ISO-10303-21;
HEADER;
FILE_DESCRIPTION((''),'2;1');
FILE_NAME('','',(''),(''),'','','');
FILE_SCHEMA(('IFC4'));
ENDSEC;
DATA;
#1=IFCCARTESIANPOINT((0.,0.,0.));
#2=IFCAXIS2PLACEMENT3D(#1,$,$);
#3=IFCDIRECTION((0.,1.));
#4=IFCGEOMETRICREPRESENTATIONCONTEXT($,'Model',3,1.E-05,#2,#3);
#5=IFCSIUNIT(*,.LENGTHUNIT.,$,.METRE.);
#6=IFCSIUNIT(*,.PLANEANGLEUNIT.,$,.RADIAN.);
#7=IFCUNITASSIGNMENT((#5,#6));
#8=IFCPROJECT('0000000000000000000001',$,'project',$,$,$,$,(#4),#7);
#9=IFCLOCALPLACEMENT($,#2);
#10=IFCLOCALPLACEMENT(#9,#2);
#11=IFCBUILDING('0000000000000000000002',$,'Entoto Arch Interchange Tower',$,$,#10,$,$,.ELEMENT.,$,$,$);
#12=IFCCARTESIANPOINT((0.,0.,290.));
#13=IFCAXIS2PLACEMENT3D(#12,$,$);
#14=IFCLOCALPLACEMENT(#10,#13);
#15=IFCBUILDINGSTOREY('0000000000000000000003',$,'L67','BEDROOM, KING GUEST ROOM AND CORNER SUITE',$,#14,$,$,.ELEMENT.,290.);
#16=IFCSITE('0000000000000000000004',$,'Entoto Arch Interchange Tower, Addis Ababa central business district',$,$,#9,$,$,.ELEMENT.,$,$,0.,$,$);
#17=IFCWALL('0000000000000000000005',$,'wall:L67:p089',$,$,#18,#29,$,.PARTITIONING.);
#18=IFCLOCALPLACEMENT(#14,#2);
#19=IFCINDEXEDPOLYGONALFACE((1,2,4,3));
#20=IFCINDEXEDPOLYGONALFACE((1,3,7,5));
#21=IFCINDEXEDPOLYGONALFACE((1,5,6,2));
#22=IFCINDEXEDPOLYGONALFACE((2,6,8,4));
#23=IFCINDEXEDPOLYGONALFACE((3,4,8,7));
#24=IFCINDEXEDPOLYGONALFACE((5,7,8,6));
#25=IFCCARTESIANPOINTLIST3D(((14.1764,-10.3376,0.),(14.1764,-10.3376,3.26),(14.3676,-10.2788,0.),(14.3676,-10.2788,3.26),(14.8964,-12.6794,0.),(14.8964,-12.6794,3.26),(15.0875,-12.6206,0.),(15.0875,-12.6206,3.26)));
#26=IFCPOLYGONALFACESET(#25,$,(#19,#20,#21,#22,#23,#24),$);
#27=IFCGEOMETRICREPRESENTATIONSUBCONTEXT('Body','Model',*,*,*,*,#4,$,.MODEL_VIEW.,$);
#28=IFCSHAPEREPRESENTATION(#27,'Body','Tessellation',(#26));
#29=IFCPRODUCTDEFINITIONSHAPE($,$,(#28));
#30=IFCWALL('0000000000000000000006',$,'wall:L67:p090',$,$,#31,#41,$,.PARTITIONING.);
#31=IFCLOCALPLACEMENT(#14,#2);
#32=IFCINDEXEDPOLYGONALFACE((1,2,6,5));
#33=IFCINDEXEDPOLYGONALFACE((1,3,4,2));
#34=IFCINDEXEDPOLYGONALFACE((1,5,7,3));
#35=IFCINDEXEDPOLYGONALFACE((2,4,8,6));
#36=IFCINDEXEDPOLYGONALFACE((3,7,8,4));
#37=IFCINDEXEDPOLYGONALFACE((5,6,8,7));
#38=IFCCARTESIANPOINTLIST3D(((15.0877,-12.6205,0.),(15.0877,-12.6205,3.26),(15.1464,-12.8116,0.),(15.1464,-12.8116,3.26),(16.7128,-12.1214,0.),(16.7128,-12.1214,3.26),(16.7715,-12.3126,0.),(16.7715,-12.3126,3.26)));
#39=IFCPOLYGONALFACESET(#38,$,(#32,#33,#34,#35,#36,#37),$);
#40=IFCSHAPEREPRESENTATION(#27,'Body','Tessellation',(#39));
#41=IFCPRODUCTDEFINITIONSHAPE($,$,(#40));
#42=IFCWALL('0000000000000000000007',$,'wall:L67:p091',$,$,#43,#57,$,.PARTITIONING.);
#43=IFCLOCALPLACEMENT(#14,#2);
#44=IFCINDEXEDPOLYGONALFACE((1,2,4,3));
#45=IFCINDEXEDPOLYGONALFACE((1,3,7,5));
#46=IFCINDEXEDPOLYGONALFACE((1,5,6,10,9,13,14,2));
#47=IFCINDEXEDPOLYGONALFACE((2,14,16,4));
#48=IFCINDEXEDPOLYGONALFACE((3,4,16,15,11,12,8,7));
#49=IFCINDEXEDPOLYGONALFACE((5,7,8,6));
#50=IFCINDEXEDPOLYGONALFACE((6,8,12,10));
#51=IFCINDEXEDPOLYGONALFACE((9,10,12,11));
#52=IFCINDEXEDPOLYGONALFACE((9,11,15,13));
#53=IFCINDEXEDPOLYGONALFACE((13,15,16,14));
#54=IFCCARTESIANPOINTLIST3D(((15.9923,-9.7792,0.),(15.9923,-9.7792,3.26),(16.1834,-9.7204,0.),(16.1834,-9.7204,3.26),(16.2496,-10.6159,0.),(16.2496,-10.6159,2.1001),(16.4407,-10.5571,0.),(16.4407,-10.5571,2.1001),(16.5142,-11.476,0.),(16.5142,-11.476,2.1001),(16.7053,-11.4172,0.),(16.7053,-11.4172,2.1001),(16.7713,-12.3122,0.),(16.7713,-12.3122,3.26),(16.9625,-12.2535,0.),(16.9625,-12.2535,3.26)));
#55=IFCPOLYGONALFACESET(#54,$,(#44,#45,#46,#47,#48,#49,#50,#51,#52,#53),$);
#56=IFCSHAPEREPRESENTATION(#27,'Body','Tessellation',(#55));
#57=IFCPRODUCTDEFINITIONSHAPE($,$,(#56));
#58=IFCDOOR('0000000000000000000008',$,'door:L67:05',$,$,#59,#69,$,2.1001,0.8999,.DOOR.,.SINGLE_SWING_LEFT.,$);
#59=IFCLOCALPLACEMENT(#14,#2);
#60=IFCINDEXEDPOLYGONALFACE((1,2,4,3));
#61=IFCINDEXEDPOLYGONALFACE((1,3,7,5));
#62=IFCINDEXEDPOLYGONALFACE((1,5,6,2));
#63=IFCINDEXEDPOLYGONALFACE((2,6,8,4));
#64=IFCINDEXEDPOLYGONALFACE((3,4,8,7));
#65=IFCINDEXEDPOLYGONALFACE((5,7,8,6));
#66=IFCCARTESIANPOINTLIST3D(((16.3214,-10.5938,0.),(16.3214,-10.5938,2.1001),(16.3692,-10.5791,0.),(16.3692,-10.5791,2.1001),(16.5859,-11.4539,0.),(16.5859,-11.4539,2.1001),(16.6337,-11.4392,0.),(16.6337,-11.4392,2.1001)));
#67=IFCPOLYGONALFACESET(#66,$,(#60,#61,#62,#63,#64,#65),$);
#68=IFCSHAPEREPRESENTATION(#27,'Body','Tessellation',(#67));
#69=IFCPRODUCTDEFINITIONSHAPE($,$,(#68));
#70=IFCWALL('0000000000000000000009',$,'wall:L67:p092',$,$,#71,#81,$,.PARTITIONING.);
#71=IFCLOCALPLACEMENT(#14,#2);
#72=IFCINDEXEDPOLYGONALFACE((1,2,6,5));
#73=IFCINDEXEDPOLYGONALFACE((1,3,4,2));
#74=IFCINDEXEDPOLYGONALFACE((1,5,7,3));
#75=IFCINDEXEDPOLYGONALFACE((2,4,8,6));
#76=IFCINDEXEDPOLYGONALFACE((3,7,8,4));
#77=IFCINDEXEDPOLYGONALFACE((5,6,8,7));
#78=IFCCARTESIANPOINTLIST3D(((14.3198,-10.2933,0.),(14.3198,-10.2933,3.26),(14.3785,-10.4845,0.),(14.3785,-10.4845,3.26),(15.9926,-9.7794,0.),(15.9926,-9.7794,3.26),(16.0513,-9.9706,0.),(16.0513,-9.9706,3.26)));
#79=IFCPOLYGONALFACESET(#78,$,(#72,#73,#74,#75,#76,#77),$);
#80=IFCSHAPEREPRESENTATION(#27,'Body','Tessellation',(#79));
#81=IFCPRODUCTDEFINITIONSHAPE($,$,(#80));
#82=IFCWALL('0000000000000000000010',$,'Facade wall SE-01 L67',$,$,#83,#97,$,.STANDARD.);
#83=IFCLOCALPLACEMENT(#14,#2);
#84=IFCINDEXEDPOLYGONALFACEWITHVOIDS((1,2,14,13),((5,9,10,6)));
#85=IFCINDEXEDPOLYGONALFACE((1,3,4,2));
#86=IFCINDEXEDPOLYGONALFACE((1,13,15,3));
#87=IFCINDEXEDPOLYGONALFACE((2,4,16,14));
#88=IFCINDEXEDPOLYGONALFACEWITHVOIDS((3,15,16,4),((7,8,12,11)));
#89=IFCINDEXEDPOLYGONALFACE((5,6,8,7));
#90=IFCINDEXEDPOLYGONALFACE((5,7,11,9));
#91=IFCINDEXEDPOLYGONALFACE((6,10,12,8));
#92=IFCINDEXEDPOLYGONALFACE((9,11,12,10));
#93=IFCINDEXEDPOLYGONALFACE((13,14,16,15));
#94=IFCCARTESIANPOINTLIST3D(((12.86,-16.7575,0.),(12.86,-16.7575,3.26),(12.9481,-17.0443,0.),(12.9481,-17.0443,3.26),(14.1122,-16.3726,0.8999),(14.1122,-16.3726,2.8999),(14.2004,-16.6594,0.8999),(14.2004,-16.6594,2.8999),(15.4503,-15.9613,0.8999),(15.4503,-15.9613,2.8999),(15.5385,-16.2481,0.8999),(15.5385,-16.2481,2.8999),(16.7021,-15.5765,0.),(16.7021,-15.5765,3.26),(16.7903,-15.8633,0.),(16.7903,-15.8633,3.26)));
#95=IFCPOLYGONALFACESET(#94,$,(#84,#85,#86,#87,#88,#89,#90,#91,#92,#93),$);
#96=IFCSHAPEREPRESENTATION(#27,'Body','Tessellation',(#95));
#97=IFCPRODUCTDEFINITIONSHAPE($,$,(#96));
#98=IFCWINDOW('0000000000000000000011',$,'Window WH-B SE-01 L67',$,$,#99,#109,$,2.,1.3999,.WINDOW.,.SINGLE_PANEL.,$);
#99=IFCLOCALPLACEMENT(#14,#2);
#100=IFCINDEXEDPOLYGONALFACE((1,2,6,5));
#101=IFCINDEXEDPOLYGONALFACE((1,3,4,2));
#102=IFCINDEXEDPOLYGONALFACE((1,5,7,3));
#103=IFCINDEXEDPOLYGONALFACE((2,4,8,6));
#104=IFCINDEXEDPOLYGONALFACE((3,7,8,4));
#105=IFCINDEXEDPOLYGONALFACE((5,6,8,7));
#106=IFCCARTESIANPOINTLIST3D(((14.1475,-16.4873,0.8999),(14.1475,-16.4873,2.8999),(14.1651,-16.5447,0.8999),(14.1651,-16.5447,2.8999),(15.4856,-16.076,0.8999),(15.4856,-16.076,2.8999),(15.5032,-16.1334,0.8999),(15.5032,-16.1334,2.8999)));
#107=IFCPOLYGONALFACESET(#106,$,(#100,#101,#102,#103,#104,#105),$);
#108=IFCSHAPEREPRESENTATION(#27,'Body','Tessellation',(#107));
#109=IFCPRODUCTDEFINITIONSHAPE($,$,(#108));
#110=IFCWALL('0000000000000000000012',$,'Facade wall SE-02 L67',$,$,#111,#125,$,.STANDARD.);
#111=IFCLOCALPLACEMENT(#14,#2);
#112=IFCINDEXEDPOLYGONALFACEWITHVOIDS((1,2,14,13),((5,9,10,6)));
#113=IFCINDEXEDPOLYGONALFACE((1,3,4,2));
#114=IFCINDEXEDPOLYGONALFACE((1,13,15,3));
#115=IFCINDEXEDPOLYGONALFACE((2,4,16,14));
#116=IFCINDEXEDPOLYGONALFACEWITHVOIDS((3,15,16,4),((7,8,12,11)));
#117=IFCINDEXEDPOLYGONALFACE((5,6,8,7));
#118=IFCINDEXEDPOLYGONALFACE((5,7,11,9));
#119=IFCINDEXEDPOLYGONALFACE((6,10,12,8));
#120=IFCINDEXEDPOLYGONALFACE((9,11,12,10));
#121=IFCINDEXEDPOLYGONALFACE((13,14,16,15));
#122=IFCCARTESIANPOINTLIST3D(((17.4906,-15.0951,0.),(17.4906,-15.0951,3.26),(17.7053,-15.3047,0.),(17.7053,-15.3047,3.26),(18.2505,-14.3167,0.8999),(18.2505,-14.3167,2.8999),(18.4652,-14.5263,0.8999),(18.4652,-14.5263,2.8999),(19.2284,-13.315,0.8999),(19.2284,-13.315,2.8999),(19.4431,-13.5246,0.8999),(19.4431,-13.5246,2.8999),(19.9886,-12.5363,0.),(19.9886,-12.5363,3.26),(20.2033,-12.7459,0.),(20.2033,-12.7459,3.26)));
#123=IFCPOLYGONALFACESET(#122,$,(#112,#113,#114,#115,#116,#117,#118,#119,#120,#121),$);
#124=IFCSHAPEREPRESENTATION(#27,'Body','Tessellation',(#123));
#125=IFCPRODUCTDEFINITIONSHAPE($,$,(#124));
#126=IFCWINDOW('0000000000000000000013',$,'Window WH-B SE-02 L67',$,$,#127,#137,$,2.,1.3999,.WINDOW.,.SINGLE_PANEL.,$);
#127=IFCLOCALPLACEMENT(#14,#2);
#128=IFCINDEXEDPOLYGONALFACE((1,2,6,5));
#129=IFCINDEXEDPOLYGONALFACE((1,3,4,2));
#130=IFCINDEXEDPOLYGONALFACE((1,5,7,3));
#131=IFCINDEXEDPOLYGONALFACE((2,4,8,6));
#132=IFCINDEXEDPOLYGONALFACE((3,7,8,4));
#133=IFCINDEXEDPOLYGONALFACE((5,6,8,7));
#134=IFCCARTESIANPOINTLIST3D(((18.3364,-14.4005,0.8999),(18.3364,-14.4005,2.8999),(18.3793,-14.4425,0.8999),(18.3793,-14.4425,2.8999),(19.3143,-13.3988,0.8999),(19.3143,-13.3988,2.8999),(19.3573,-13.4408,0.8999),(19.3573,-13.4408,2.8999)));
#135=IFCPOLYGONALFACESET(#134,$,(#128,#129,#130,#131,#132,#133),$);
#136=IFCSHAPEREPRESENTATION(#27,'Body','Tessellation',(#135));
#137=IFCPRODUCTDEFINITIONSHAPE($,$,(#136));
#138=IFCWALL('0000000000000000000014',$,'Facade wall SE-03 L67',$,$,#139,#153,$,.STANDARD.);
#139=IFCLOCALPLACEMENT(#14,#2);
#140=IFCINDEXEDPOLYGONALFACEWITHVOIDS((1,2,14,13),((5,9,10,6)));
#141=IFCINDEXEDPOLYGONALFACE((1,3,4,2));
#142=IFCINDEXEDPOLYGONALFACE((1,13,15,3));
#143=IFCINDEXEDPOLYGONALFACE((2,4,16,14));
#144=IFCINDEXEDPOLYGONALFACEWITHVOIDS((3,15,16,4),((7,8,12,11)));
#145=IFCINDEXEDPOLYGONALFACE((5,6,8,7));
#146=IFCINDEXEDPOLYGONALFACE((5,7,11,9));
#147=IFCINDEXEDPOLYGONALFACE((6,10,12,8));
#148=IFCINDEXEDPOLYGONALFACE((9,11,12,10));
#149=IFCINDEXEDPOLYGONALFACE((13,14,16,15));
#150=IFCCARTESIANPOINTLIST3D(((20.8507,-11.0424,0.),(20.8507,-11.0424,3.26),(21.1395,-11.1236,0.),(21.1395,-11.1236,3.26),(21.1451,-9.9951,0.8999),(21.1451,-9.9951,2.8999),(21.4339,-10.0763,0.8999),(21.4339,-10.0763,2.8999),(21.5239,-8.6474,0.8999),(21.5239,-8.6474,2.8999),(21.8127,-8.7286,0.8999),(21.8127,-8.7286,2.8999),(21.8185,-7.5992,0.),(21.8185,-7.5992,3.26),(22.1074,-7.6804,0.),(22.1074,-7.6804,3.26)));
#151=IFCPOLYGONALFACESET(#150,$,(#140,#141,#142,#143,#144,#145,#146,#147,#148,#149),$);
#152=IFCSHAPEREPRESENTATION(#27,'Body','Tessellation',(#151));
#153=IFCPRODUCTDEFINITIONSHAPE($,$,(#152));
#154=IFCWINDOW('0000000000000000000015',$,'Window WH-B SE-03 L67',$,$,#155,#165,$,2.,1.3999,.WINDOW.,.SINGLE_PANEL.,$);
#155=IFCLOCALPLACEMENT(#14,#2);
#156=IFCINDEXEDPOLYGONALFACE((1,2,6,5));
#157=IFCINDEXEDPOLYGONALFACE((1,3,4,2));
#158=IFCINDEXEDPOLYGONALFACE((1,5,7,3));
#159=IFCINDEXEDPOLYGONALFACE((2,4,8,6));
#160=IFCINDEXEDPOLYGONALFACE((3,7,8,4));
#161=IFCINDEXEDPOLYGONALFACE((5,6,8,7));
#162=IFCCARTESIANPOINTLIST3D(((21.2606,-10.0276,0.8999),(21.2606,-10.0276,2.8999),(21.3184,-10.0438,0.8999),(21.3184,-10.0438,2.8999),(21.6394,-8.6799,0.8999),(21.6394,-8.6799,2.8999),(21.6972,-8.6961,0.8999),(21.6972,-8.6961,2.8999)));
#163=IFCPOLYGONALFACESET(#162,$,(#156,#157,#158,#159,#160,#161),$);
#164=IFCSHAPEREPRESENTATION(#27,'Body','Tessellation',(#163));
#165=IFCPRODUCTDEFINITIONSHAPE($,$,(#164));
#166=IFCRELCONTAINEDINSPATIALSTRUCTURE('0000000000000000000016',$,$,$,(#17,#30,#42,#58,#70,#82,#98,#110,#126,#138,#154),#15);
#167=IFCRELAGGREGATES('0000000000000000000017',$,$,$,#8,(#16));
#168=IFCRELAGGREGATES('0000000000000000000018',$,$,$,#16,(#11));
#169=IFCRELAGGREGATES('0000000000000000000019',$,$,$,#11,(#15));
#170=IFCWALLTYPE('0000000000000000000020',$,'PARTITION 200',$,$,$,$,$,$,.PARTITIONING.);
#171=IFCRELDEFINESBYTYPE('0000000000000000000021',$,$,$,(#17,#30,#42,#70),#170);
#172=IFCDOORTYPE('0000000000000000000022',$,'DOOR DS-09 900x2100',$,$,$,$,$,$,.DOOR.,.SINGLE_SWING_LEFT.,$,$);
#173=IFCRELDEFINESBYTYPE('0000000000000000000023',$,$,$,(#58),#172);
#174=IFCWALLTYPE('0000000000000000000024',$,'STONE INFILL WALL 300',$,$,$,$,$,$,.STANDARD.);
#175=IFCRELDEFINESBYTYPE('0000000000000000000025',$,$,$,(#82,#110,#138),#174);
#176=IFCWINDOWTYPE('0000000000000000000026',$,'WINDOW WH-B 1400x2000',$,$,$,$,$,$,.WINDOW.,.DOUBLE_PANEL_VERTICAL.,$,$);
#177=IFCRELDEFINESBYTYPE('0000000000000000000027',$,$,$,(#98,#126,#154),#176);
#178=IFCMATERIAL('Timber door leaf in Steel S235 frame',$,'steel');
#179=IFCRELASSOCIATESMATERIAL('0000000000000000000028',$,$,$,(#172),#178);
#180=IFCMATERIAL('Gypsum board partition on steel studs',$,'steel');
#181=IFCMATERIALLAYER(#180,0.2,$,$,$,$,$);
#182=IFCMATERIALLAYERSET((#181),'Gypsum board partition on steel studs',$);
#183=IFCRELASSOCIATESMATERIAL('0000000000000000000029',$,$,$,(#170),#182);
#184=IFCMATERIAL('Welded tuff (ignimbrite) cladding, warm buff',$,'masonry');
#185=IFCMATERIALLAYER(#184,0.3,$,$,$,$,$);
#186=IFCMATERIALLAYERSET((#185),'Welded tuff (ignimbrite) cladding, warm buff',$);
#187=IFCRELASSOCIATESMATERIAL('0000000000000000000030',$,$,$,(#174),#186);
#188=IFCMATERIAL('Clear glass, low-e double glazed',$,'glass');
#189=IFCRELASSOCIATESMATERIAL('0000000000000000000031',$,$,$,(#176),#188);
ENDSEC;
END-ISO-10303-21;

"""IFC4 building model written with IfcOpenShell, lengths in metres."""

from ifc_helpers import new_model, si_unit, direction, frame, frame_2d, origin, place, context, subcontext, project, spatial, rectangle, extrude, material, layer, layer_set, type_object, element, fill, save


model = new_model("IFC4")

# Units and contexts
model_context = context("Model", 3, precision=1e-05, world=origin(), true_north=direction((0.0, 1.0)))
body_context = subcontext(model_context, "Body", "Model", "MODEL_VIEW")
ifc_project = project(units=[si_unit("LENGTHUNIT", "METRE"), si_unit("PLANEANGLEUNIT", "RADIAN")], contexts=[model_context])

# Site, building, storey
site_placement = place(None, origin())
site = spatial("IfcSite", under=ifc_project, at=site_placement, Name="Entoto Arch Interchange Tower, Addis Ababa central business district", CompositionType="ELEMENT", RefElevation=0.0)
building_placement = place(site_placement, origin())
building = spatial("IfcBuilding", under=site, at=building_placement, Name="Entoto Arch Interchange Tower", CompositionType="ELEMENT")
storey_placement = place(building_placement, frame((0.0, 0.0, 290.0)))
storey = spatial("IfcBuildingStorey", under=building, at=storey_placement, Name="L67", Description="BEDROOM, KING GUEST ROOM AND CORNER SUITE", CompositionType="ELEMENT", Elevation=290.0)

# Shared definitions
ifc_material_1 = material(Name="Gypsum board partition on steel studs", Category="steel")
ifc_material_2 = material(Name="Timber door leaf in Steel S235 frame", Category="steel")
door_type_1 = type_object("IfcDoorType", Name="DOOR DS-09 900x2100", OperationType="SINGLE_SWING_LEFT", PredefinedType="DOOR", material=ifc_material_2)

# Shared definitions
ifc_layer_1 = layer(ifc_material_1, 0.2)
ifc_layer_set_1 = layer_set([ifc_layer_1], Name="Gypsum board partition on steel studs")
wall_type_1 = type_object("IfcWallType", Name="PARTITION 200", PredefinedType="PARTITIONING", material=ifc_layer_set_1)

# Walls
wall_1_placement = place(storey_placement, frame((14.272, -10.3081, 0.0), z_axis=(0.0, 0.0, 1.0), x_axis=(0.293869, -0.955846, 0.0)))
element("IfcWall", 1, at=wall_1_placement, inside=storey, type_object=wall_type_1, Name="wall:L67:p089", PredefinedType="PARTITIONING", context=body_context, shape_type="SweptSolid", body=[
    extrude(rectangle(XDim=2.45, YDim=0.2, at=frame_2d((1.2251, 0.0))), origin(), (0.0, 0.0, 1.0), 3.26),
])
wall_2_placement = place(storey_placement, frame((15.1169, -12.7161, 0.0), z_axis=(0.0, 0.0, 1.0), x_axis=(0.95594, 0.293561, 0.0)))
element("IfcWall", 2, at=wall_2_placement, inside=storey, type_object=wall_type_1, Name="wall:L67:p090", PredefinedType="PARTITIONING", context=body_context, shape_type="SweptSolid", body=[
    extrude(rectangle(XDim=1.7, YDim=0.2, at=frame_2d((0.8501, 0.0))), origin(), (0.0, 0.0, 1.0), 3.26),
])

# Wall, opening, door
wall_3_placement = place(storey_placement, frame((16.8669, -12.283, 0.0), z_axis=(0.0, 0.0, 1.0), x_axis=(-0.293976, 0.955813, 0.0)))
wall_3 = element("IfcWall", 3, at=wall_3_placement, inside=storey, type_object=wall_type_1, Name="wall:L67:p091", PredefinedType="PARTITIONING", context=body_context, shape_type="SweptSolid", body=[
    extrude(rectangle(XDim=2.6501, YDim=0.2, at=frame_2d((1.3252, 0.0))), origin(), (0.0, 0.0, 1.0), 3.26),
])
opening_1_placement = place(wall_3_placement, frame((0.875, 0.0, 0.0)))
opening_1 = element("IfcOpeningElement", 4, at=opening_1_placement, cuts=wall_3, PredefinedType="OPENING", context=body_context, shape_type="SweptSolid", body=[
    extrude(rectangle(XDim=0.8999, YDim=2.1001, at=frame_2d((0.45, 1.05))), frame((0.0, 0.1099, 0.0), z_axis=(0.0, -1.0, 0.0), x_axis=(1.0, 0.0, 0.0)), (0.0, 0.0, 1.0), 0.22),
])
door_1_placement = place(opening_1_placement, origin())
door_1 = element("IfcDoor", 5, at=door_1_placement, inside=storey, type_object=door_type_1, Name="door:L67:05", OperationType="SINGLE_SWING_LEFT", OverallHeight=2.1001, OverallWidth=0.8999, PredefinedType="DOOR", context=body_context, shape_type="SweptSolid", body=[
    extrude(rectangle(XDim=0.8999, YDim=2.1001, at=frame_2d((0.45, 1.05))), frame((0.0, 0.0249, 0.0), z_axis=(0.0, -1.0, 0.0), x_axis=(1.0, 0.0, 0.0)), (0.0, 0.0, 1.0), 0.05),
])
fill(opening_1, door_1)

# Wall
wall_4_placement = place(storey_placement, frame((16.022, -9.875, 0.0), z_axis=(0.0, 0.0, 1.0), x_axis=(-0.955909, -0.293664, 0.0)))
element("IfcWall", 6, at=wall_4_placement, inside=storey, type_object=wall_type_1, Name="wall:L67:p092", PredefinedType="PARTITIONING", context=body_context, shape_type="SweptSolid", body=[
    extrude(rectangle(XDim=1.75, YDim=0.2, at=frame_2d((0.875, 0.0))), origin(), (0.0, 0.0, 1.0), 3.26),
])

# Walls, openings, windows
ifc_material_3 = material(Name="Welded tuff (ignimbrite) cladding, warm buff", Category="masonry")
ifc_layer_2 = layer(ifc_material_3, 0.3)
ifc_layer_set_2 = layer_set([ifc_layer_2], Name="Welded tuff (ignimbrite) cladding, warm buff")
wall_type_2 = type_object("IfcWallType", Name="STONE INFILL WALL 300", PredefinedType="STANDARD", material=ifc_layer_set_2)
wall_5_placement = place(storey_placement, frame((12.9041, -16.9009, 0.0), z_axis=(0.0, 0.0, 1.0), x_axis=(0.955867, 0.2938, 0.0)))
wall_5 = element("IfcWall", 7, at=wall_5_placement, inside=storey, type_object=wall_type_2, Name="Facade wall SE-01 L67", PredefinedType="STANDARD", context=body_context, shape_type="SweptSolid", body=[
    extrude(rectangle(XDim=4.0195, YDim=0.3, at=frame_2d((2.0098, 0.0))), origin(), (0.0, 0.0, 1.0), 3.26),
])
opening_2_placement = place(wall_5_placement, frame((1.3101, 0.0, 0.8999)))
opening_2 = element("IfcOpeningElement", 8, at=opening_2_placement, cuts=wall_5, PredefinedType="OPENING", context=body_context, shape_type="SweptSolid", body=[
    extrude(rectangle(XDim=1.3999, YDim=2.0, at=frame_2d((0.7, 1.0))), frame((0.0, 0.1602, 0.0), z_axis=(0.0, -1.0, 0.0), x_axis=(1.0, 0.0, 0.0)), (0.0, 0.0, 1.0), 0.3201),
])
ifc_material_4 = material(Name="Clear glass, low-e double glazed", Category="glass")
window_type = type_object("IfcWindowType", Name="WINDOW WH-B 1400x2000", PartitioningType="DOUBLE_PANEL_VERTICAL", PredefinedType="WINDOW", material=ifc_material_4)
window_1_placement = place(opening_2_placement, origin())
window_1 = element("IfcWindow", 9, at=window_1_placement, inside=storey, type_object=window_type, Name="Window WH-B SE-01 L67", OverallHeight=2.0, OverallWidth=1.3999, PartitioningType="SINGLE_PANEL", PredefinedType="WINDOW", context=body_context, shape_type="SweptSolid", body=[
    extrude(rectangle(XDim=1.3999, YDim=2.0, at=frame_2d((0.7, 1.0))), frame((0.0, 0.03, 0.0), z_axis=(0.0, -1.0, 0.0), x_axis=(1.0, 0.0, 0.0)), (0.0, 0.0, 1.0), 0.0601),
])
fill(opening_2, window_1)
wall_6_placement = place(storey_placement, frame((17.5979, -15.2, 0.0), z_axis=(0.0, 0.0, 1.0), x_axis=(0.698556, 0.715556, 0.0)))
wall_6 = element("IfcWall", 10, at=wall_6_placement, inside=storey, type_object=wall_type_2, Name="Facade wall SE-02 L67", PredefinedType="STANDARD", context=body_context, shape_type="SweptSolid", body=[
    extrude(rectangle(XDim=3.5759, YDim=0.3, at=frame_2d((1.7881, 0.0))), origin(), (0.0, 0.0, 1.0), 3.26),
])
opening_3_placement = place(wall_6_placement, frame((1.0879, 0.0, 0.8999)))
opening_3 = element("IfcOpeningElement", 11, at=opening_3_placement, cuts=wall_6, PredefinedType="OPENING", context=body_context, shape_type="SweptSolid", body=[
    extrude(rectangle(XDim=1.3999, YDim=2.0, at=frame_2d((0.7, 1.0))), frame((0.0, 0.1602, 0.0), z_axis=(0.0, -1.0, 0.0), x_axis=(1.0, 0.0, 0.0)), (0.0, 0.0, 1.0), 0.3201),
])
window_2_placement = place(opening_3_placement, origin())
window_2 = element("IfcWindow", 12, at=window_2_placement, inside=storey, type_object=window_type, Name="Window WH-B SE-02 L67", OverallHeight=2.0, OverallWidth=1.3999, PartitioningType="SINGLE_PANEL", PredefinedType="WINDOW", context=body_context, shape_type="SweptSolid", body=[
    extrude(rectangle(XDim=1.3999, YDim=2.0, at=frame_2d((0.7, 1.0))), frame((0.0, 0.03, 0.0), z_axis=(0.0, -1.0, 0.0), x_axis=(1.0, 0.0, 0.0)), (0.0, 0.0, 1.0), 0.0601),
])
fill(opening_3, window_2)
wall_7_placement = place(storey_placement, frame((20.9951, -11.083, 0.0), z_axis=(0.0, 0.0, 1.0), x_axis=(0.270589, 0.962695, 0.0)))
wall_7 = element("IfcWall", 13, at=wall_7_placement, inside=storey, type_object=wall_type_2, Name="Facade wall SE-03 L67", PredefinedType="STANDARD", context=body_context, shape_type="SweptSolid", body=[
    extrude(rectangle(XDim=3.5767, YDim=0.3, at=frame_2d((1.7883, 0.0))), origin(), (0.0, 0.0, 1.0), 3.26),
])
opening_4_placement = place(wall_7_placement, frame((1.0879, 0.0, 0.8999)))
opening_4 = element("IfcOpeningElement", 14, at=opening_4_placement, cuts=wall_7, PredefinedType="OPENING", context=body_context, shape_type="SweptSolid", body=[
    extrude(rectangle(XDim=1.3999, YDim=2.0, at=frame_2d((0.7, 1.0))), frame((0.0, 0.1602, 0.0), z_axis=(0.0, -1.0, 0.0), x_axis=(1.0, 0.0, 0.0)), (0.0, 0.0, 1.0), 0.3201),
])
window_3_placement = place(opening_4_placement, origin())
window_3 = element("IfcWindow", 15, at=window_3_placement, inside=storey, type_object=window_type, Name="Window WH-B SE-03 L67", OverallHeight=2.0, OverallWidth=1.3999, PartitioningType="SINGLE_PANEL", PredefinedType="WINDOW", context=body_context, shape_type="SweptSolid", body=[
    extrude(rectangle(XDim=1.3999, YDim=2.0, at=frame_2d((0.7, 1.0))), frame((0.0, 0.03, 0.0), z_axis=(0.0, -1.0, 0.0), x_axis=(1.0, 0.0, 0.0)), (0.0, 0.0, 1.0), 0.0601),
])
fill(opening_4, window_3)

save(model, "model.ifc")
